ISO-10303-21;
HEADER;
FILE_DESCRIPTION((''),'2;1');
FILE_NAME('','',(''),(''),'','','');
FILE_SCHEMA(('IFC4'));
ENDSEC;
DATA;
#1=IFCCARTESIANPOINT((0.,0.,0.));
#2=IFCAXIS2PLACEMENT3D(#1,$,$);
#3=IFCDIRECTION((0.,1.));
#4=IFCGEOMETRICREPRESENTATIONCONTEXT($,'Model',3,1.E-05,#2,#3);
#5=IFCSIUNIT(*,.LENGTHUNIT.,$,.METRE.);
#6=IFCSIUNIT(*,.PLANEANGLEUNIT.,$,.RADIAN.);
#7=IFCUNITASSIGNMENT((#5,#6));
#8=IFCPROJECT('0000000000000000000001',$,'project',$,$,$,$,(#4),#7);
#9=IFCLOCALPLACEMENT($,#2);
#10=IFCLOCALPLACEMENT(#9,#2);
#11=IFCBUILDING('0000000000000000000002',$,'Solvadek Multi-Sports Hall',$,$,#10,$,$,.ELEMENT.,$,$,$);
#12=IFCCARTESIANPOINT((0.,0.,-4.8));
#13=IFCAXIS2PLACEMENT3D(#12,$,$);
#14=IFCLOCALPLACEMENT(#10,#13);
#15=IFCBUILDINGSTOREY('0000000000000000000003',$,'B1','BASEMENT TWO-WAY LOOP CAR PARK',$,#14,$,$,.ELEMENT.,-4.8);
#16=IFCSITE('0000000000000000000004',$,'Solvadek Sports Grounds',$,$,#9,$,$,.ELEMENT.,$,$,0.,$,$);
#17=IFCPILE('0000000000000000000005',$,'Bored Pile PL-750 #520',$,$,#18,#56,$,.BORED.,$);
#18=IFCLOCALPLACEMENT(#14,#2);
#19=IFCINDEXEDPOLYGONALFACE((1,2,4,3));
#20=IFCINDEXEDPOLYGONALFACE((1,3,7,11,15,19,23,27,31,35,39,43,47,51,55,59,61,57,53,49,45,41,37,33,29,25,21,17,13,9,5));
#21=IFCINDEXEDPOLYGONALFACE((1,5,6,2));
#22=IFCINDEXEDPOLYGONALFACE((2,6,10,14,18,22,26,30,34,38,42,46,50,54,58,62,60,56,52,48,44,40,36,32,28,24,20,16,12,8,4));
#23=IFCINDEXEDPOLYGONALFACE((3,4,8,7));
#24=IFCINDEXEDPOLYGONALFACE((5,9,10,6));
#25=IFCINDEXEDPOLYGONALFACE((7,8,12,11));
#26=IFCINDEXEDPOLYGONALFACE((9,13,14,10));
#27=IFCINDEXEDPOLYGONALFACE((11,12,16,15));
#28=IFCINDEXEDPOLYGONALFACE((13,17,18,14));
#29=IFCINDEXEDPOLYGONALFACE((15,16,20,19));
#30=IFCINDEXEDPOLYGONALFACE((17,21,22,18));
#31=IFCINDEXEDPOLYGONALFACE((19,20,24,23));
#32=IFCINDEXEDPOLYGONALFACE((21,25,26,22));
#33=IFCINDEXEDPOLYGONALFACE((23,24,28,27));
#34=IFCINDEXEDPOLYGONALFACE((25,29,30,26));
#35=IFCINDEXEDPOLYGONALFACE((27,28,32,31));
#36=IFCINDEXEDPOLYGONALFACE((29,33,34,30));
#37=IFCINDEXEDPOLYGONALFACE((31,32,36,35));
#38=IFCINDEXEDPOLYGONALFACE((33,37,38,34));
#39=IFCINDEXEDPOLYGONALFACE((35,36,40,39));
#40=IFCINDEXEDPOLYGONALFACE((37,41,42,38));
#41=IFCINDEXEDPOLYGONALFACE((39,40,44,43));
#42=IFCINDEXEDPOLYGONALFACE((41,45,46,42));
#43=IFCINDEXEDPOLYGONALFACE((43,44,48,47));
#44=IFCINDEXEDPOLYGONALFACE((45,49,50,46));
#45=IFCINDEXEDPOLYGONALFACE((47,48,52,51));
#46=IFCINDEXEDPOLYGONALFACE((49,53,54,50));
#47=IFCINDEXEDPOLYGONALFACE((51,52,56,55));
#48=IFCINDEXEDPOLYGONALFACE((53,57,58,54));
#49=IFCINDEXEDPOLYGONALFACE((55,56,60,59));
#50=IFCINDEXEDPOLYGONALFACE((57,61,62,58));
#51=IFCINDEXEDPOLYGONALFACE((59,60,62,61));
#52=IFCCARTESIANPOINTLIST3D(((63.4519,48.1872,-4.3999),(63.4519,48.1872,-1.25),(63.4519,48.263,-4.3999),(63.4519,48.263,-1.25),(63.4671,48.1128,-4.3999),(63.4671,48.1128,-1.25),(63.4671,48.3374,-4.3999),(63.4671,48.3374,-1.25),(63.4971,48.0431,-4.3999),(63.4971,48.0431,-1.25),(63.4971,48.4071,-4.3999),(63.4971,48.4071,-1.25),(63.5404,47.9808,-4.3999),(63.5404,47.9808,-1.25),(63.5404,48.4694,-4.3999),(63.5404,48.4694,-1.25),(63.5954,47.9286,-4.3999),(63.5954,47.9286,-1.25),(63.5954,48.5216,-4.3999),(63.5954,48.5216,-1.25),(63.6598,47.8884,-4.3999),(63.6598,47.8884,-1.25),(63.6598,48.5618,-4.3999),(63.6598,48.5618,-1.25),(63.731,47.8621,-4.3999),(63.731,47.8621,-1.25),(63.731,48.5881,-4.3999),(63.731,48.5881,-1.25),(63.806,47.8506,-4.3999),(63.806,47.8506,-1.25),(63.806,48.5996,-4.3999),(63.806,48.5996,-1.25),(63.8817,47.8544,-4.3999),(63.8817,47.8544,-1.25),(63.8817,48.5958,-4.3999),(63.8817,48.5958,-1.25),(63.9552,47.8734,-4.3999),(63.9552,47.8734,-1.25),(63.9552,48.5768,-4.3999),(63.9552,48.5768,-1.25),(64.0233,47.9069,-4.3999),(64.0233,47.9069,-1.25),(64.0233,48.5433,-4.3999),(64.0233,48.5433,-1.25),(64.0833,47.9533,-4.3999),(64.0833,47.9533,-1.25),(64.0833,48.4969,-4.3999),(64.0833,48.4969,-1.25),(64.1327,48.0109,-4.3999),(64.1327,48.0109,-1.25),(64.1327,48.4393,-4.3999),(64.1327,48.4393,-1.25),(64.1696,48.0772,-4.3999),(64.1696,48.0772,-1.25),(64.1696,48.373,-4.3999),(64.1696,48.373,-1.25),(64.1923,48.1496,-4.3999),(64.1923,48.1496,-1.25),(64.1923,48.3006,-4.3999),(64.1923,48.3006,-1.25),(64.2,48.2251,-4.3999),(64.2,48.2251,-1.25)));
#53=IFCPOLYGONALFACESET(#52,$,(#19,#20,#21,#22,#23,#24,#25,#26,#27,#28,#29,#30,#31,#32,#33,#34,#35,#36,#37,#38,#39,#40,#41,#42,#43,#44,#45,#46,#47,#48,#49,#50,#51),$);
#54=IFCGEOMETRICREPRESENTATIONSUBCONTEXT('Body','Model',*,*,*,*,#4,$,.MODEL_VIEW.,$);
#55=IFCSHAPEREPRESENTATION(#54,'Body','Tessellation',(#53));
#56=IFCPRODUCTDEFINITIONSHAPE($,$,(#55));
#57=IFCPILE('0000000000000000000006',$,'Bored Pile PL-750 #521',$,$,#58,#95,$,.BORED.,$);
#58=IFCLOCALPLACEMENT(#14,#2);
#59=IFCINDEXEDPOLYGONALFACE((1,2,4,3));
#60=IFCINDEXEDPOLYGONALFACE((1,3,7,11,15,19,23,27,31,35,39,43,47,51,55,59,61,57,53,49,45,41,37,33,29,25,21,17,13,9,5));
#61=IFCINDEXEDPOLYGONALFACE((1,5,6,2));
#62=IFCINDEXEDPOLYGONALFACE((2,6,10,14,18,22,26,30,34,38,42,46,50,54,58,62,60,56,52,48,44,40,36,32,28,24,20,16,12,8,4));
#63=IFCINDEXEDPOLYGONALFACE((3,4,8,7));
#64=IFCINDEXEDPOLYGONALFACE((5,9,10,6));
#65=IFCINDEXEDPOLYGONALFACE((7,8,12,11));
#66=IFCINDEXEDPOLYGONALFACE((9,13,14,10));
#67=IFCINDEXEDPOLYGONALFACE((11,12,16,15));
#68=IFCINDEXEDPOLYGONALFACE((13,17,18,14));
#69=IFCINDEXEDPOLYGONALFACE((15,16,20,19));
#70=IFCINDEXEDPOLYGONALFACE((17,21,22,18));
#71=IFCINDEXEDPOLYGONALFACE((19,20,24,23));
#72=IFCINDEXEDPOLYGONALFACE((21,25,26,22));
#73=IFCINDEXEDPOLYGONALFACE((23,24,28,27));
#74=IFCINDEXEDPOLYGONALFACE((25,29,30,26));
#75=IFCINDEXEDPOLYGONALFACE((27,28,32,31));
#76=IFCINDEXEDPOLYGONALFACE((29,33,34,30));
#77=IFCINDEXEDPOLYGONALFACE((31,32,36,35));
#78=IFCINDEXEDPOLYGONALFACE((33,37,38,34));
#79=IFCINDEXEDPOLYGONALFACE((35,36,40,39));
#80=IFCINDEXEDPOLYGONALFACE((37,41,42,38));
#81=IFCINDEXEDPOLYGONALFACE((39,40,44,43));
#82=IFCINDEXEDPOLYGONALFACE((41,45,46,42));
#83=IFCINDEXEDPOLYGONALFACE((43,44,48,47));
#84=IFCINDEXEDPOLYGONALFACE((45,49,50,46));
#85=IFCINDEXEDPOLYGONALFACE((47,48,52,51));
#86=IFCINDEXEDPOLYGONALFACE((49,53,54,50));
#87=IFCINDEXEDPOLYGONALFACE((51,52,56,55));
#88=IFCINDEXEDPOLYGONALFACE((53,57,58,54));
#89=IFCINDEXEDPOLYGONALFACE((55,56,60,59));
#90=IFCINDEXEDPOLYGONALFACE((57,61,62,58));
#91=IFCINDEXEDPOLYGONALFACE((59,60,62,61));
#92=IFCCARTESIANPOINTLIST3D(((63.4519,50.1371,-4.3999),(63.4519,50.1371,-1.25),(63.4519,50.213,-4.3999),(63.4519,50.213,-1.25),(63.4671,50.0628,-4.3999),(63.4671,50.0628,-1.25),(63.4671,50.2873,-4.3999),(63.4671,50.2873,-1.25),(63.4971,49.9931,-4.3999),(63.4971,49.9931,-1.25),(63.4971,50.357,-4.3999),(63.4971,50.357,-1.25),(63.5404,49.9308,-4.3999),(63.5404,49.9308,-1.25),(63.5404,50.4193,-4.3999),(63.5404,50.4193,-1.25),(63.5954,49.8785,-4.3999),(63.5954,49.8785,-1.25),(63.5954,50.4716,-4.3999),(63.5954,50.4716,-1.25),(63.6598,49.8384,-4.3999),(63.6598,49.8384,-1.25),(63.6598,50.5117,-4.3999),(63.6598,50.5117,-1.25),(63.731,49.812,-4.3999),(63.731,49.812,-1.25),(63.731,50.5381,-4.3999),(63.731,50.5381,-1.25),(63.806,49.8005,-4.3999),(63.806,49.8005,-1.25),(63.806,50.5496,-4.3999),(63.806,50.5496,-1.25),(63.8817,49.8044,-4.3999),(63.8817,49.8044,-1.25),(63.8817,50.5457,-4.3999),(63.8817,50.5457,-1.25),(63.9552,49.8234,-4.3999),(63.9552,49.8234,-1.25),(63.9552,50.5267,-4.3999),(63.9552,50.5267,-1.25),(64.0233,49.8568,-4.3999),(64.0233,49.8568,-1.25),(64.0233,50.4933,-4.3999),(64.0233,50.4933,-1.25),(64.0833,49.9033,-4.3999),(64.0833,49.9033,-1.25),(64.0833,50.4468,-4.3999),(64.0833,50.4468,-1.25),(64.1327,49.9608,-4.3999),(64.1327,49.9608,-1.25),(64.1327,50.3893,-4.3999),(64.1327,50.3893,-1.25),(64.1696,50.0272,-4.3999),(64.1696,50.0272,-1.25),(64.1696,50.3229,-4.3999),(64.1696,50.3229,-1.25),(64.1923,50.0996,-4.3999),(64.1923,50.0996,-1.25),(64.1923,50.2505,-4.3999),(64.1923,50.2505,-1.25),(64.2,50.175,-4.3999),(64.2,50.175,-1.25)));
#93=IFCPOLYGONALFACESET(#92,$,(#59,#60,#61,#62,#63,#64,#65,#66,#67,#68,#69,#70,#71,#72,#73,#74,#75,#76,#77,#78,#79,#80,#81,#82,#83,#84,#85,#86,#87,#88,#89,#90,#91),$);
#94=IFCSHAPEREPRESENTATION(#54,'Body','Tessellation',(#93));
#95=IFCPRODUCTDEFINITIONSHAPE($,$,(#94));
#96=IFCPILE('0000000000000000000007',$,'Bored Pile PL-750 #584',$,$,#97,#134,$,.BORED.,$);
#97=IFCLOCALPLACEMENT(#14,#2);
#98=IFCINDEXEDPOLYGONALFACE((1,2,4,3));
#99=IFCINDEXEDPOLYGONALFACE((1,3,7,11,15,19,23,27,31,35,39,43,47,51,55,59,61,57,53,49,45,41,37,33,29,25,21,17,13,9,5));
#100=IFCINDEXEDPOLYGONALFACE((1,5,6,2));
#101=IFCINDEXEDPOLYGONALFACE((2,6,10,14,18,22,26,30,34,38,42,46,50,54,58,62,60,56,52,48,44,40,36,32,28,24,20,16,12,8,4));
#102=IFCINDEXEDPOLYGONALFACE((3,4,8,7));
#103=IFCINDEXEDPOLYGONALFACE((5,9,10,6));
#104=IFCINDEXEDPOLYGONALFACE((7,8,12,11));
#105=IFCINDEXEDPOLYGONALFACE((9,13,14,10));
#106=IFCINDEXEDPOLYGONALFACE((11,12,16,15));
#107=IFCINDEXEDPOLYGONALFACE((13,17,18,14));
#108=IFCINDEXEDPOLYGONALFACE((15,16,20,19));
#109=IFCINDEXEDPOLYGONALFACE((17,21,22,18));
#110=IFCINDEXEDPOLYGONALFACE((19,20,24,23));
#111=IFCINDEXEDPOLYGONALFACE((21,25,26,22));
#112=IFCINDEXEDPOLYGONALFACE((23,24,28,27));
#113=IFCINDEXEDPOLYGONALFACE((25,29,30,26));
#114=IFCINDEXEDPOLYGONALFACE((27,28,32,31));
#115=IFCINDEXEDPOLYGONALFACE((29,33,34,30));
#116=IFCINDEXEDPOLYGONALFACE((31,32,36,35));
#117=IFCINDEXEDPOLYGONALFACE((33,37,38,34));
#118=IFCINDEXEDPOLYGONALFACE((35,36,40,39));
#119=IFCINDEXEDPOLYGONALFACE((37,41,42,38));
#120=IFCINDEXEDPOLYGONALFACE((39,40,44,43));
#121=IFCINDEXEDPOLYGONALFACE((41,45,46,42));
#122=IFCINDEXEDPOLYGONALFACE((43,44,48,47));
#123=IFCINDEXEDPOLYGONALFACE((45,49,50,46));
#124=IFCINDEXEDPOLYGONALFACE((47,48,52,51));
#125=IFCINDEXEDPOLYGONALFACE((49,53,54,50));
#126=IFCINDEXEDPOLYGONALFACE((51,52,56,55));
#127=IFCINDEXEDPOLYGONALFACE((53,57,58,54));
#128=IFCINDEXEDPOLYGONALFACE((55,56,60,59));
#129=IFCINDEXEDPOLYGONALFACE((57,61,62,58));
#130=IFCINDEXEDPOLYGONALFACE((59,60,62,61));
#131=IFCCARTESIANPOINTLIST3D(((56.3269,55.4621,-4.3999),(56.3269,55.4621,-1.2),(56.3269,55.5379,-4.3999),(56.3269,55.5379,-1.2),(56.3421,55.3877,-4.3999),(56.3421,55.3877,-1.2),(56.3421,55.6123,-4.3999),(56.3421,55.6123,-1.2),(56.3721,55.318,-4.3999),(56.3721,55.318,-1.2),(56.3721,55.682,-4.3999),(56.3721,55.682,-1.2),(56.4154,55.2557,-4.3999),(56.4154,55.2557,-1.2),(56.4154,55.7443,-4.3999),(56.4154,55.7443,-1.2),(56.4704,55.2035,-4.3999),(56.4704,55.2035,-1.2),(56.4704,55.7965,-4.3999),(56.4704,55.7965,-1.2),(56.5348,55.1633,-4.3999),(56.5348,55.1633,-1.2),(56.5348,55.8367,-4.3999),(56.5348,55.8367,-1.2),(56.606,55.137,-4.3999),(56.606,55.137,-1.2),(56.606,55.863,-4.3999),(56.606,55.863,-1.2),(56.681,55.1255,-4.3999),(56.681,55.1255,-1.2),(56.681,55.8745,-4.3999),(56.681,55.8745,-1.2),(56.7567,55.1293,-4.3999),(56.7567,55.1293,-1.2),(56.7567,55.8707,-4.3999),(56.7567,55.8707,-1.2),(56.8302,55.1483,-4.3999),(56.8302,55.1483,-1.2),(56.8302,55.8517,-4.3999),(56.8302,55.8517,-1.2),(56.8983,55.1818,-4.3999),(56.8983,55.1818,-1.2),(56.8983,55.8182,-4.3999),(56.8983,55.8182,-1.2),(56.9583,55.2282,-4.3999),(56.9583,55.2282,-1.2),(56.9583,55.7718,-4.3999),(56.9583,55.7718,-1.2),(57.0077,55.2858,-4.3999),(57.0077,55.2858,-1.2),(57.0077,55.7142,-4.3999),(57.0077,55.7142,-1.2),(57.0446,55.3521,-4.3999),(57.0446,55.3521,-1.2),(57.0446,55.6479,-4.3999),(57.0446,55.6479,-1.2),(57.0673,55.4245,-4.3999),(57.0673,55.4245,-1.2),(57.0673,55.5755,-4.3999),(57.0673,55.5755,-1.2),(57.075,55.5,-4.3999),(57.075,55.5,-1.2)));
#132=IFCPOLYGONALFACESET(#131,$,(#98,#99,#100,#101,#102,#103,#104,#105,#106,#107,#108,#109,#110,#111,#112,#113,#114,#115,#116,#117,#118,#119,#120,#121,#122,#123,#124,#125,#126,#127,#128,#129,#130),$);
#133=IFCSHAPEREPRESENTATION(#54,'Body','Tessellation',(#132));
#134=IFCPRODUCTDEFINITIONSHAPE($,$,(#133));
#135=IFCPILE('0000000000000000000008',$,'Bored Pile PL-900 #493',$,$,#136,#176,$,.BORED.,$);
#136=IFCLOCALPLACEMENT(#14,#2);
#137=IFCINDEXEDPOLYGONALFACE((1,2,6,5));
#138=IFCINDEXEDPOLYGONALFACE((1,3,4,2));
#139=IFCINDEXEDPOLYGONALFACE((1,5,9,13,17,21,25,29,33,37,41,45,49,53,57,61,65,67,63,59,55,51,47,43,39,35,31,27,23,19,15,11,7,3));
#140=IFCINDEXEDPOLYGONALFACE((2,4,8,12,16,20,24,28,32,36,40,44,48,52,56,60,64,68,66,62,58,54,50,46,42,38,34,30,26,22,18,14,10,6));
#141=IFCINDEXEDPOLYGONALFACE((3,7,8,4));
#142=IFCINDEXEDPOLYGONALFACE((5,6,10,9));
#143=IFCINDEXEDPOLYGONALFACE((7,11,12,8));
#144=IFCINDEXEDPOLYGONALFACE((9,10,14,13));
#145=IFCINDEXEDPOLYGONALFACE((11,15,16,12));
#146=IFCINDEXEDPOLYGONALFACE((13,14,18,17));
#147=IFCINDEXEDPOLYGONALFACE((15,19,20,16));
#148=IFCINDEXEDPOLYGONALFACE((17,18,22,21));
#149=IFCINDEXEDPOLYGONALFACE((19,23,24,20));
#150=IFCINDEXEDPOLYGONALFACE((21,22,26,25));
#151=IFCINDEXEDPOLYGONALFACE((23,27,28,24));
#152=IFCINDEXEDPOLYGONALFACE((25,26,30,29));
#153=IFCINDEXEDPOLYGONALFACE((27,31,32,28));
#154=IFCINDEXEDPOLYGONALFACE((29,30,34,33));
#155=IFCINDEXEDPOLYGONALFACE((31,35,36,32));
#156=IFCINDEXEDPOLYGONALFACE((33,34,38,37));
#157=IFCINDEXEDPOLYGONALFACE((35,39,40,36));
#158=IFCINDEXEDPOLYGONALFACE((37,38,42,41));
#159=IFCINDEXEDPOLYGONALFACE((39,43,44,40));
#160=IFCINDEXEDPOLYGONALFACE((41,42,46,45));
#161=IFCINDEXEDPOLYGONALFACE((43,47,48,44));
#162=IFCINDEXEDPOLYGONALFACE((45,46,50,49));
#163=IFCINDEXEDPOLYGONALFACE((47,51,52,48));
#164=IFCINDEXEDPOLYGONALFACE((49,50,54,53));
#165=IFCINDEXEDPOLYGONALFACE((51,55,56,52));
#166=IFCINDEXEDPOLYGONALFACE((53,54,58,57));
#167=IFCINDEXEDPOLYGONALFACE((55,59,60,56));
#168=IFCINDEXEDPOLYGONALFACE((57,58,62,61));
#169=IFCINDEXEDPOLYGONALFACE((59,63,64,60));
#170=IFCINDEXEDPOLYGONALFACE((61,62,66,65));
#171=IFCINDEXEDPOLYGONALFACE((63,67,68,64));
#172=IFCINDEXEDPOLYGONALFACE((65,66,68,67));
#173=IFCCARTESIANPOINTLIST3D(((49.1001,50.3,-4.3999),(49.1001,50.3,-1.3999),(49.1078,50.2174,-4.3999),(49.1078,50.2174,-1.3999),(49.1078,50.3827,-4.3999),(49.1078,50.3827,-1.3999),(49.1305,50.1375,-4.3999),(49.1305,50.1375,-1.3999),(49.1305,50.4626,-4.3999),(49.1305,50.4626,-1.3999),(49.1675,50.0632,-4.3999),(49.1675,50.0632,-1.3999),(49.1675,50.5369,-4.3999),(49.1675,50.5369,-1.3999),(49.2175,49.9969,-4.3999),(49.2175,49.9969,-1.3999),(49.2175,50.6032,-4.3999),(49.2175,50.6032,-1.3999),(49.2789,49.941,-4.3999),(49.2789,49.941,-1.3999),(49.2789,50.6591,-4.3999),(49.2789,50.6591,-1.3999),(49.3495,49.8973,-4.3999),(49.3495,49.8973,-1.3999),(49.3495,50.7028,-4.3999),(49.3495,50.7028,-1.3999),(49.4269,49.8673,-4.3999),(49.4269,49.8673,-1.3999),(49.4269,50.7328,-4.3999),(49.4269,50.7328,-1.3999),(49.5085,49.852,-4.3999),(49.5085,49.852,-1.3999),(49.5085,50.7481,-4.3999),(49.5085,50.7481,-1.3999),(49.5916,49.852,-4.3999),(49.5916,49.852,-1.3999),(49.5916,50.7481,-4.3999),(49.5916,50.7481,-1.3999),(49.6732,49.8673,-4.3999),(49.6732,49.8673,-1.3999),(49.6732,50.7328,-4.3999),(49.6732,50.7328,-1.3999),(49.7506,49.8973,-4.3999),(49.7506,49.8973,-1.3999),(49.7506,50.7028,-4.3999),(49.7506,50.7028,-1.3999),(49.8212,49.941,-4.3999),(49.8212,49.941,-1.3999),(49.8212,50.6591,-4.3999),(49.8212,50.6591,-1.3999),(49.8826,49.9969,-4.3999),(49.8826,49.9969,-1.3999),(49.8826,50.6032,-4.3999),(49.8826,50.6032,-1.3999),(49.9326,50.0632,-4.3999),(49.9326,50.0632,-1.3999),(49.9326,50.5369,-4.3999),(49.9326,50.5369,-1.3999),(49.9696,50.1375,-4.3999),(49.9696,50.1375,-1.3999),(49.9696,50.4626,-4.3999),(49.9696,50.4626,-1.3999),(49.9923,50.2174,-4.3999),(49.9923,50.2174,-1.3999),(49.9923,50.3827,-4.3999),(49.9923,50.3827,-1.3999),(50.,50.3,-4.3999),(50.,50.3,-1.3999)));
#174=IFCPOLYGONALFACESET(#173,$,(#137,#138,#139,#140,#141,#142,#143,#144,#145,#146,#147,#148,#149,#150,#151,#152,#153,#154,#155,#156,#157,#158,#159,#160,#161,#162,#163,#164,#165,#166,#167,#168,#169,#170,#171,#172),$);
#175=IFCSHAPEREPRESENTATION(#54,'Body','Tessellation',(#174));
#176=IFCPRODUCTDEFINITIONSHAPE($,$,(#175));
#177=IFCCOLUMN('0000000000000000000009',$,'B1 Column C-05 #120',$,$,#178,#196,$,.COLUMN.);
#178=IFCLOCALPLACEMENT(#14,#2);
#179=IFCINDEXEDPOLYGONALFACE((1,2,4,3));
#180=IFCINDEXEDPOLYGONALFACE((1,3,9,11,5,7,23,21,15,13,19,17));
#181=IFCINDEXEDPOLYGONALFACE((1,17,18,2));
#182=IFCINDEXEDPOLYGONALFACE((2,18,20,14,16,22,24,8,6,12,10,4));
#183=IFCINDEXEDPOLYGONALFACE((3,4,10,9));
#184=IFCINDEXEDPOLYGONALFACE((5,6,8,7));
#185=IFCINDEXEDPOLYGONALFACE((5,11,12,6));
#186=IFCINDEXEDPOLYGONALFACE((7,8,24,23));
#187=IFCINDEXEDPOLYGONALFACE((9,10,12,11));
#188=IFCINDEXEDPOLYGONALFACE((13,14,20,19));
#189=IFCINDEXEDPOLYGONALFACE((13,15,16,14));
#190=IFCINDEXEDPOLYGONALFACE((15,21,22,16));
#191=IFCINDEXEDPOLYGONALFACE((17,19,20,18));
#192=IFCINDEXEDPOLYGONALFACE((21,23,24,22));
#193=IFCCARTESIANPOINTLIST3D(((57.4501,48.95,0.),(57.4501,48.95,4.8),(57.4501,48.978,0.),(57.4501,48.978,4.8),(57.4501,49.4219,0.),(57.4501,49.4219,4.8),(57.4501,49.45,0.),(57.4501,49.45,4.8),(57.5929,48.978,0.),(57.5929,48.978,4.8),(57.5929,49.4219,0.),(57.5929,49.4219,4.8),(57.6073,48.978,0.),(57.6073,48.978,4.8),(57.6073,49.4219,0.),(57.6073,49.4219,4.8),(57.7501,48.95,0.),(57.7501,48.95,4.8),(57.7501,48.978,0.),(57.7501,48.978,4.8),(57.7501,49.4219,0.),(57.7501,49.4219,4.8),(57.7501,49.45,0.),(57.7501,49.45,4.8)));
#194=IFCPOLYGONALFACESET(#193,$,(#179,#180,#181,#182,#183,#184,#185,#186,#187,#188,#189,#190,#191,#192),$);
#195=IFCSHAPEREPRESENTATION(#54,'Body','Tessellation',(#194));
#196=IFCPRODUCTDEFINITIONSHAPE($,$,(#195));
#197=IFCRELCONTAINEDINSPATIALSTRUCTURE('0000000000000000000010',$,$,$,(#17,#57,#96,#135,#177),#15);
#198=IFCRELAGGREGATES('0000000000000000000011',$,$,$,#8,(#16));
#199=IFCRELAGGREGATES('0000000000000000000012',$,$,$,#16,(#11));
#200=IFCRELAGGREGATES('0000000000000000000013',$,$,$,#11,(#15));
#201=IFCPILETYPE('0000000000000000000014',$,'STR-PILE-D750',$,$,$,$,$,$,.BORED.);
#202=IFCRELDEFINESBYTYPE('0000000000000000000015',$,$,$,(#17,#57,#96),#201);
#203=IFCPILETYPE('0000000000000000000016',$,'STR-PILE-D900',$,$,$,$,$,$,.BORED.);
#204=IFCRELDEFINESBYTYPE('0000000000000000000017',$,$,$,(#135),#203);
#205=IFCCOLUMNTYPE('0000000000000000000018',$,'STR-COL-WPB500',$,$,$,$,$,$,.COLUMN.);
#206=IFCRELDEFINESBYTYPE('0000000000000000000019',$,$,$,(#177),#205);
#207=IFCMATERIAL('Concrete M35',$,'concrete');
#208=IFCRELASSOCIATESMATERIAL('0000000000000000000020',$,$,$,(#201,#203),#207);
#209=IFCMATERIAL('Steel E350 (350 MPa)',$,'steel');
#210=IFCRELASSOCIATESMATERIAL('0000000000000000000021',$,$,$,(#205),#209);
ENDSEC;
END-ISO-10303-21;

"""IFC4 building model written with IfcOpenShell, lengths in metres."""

from ifc_helpers import new_model, si_unit, direction, frame, origin, origin_2d, place, context, subcontext, project, spatial, circle, i_section, extrude, material, material_profile, profile_set, type_object, element, save


model = new_model("IFC4")

# Units and contexts
model_context = context("Model", 3, precision=1e-05, world=origin(), true_north=direction((0.0, 1.0)))
body_context = subcontext(model_context, "Body", "Model", "MODEL_VIEW")
ifc_project = project(units=[si_unit("LENGTHUNIT", "METRE"), si_unit("PLANEANGLEUNIT", "RADIAN")], contexts=[model_context])

# Site, building, storey
site_placement = place(None, origin())
site = spatial("IfcSite", under=ifc_project, at=site_placement, Name="Solvadek Sports Grounds", CompositionType="ELEMENT", RefElevation=0.0)
building_placement = place(site_placement, origin())
building = spatial("IfcBuilding", under=site, at=building_placement, Name="Solvadek Multi-Sports Hall", CompositionType="ELEMENT")
storey_placement = place(building_placement, frame((0.0, 0.0, -4.8)))
storey = spatial("IfcBuildingStorey", under=building, at=storey_placement, Name="B1", Description="BASEMENT TWO-WAY LOOP CAR PARK", CompositionType="ELEMENT", Elevation=-4.8)

# Piles
ifc_material_1 = material(Name="Concrete M35", Category="concrete")
ifc_material_profile_1 = material_profile(ifc_material_1, circle(Radius=0.375, at=origin_2d()), Name="BORED PILE D750")
ifc_profile_set_1 = profile_set([ifc_material_profile_1], Name="Concrete M35")
pile_type_1 = type_object("IfcPileType", Name="STR-PILE-D750", PredefinedType="BORED", material=ifc_profile_set_1)
for number, where, z_axis, x_axis, name in (
    (1, (63.825, 48.2251, -1.25), (0.0, 0.0, -1.0), (1.0, 0.0, 0.0), "Bored Pile PL-750 #520"),
    (2, (63.825, 50.175, -1.25), (0.0, 0.0, -1.0), (1.0, 0.0, 0.0), "Bored Pile PL-750 #521"),
):
    element("IfcPile", number, at=place(storey_placement, frame(where, z_axis=z_axis, x_axis=x_axis)), inside=storey, type_object=pile_type_1, Name=name, PredefinedType="BORED", context=body_context, shape_type="SweptSolid", body=[
        extrude(circle(Radius=0.375, at=origin_2d()), origin(), (0.0, 0.0, 1.0), 3.1499),
    ])
pile_1_placement = place(storey_placement, frame((56.7, 55.5, -1.2), z_axis=(0.0, 0.0, -1.0), x_axis=(1.0, 0.0, 0.0)))
element("IfcPile", 3, at=pile_1_placement, inside=storey, type_object=pile_type_1, Name="Bored Pile PL-750 #584", PredefinedType="BORED", context=body_context, shape_type="SweptSolid", body=[
    extrude(circle(Radius=0.375, at=origin_2d()), origin(), (0.0, 0.0, 1.0), 3.2),
])
ifc_material_profile_2 = material_profile(ifc_material_1, circle(Radius=0.45, at=origin_2d()), Name="BORED PILE D900")
ifc_profile_set_2 = profile_set([ifc_material_profile_2], Name="Concrete M35")
pile_type_2 = type_object("IfcPileType", Name="STR-PILE-D900", PredefinedType="BORED", material=ifc_profile_set_2)
pile_2_placement = place(storey_placement, frame((49.55, 50.3, -1.3999), z_axis=(0.0, 0.0, -1.0), x_axis=(1.0, 0.0, 0.0)))
element("IfcPile", 4, at=pile_2_placement, inside=storey, type_object=pile_type_2, Name="Bored Pile PL-900 #493", PredefinedType="BORED", context=body_context, shape_type="SweptSolid", body=[
    extrude(circle(Radius=0.45, at=origin_2d()), origin(), (0.0, 0.0, 1.0), 3.0),
])

# Column
ifc_material_2 = material(Name="Steel E350 (350 MPa)", Category="steel")
ifc_material_profile_3 = material_profile(ifc_material_2, i_section(OverallWidth=0.3, OverallDepth=0.5, WebThickness=0.0144, FlangeThickness=0.0281, at=origin_2d()), Name="WPB 500")
ifc_profile_set_3 = profile_set([ifc_material_profile_3], Name="Steel E350 (350 MPa)")
column_type_1 = type_object("IfcColumnType", Name="STR-COL-WPB500", PredefinedType="COLUMN", material=ifc_profile_set_3)
for number, where, z_axis, x_axis, name in (
    (5, (57.6001, 49.2, 0.0), (0.0, 0.0, 1.0), (1.0, 0.0, 0.0), "B1 Column C-05 #120"),
):
    element("IfcColumn", number, at=place(storey_placement, frame(where, z_axis=z_axis, x_axis=x_axis)), inside=storey, type_object=column_type_1, Name=name, PredefinedType="COLUMN", context=body_context, shape_type="SweptSolid", body=[
        extrude(i_section(OverallWidth=0.3, OverallDepth=0.5, WebThickness=0.0144, FlangeThickness=0.0281, at=origin_2d()), origin(), (0.0, 0.0, 1.0), 4.8),
    ])

save(model, "model.ifc")
